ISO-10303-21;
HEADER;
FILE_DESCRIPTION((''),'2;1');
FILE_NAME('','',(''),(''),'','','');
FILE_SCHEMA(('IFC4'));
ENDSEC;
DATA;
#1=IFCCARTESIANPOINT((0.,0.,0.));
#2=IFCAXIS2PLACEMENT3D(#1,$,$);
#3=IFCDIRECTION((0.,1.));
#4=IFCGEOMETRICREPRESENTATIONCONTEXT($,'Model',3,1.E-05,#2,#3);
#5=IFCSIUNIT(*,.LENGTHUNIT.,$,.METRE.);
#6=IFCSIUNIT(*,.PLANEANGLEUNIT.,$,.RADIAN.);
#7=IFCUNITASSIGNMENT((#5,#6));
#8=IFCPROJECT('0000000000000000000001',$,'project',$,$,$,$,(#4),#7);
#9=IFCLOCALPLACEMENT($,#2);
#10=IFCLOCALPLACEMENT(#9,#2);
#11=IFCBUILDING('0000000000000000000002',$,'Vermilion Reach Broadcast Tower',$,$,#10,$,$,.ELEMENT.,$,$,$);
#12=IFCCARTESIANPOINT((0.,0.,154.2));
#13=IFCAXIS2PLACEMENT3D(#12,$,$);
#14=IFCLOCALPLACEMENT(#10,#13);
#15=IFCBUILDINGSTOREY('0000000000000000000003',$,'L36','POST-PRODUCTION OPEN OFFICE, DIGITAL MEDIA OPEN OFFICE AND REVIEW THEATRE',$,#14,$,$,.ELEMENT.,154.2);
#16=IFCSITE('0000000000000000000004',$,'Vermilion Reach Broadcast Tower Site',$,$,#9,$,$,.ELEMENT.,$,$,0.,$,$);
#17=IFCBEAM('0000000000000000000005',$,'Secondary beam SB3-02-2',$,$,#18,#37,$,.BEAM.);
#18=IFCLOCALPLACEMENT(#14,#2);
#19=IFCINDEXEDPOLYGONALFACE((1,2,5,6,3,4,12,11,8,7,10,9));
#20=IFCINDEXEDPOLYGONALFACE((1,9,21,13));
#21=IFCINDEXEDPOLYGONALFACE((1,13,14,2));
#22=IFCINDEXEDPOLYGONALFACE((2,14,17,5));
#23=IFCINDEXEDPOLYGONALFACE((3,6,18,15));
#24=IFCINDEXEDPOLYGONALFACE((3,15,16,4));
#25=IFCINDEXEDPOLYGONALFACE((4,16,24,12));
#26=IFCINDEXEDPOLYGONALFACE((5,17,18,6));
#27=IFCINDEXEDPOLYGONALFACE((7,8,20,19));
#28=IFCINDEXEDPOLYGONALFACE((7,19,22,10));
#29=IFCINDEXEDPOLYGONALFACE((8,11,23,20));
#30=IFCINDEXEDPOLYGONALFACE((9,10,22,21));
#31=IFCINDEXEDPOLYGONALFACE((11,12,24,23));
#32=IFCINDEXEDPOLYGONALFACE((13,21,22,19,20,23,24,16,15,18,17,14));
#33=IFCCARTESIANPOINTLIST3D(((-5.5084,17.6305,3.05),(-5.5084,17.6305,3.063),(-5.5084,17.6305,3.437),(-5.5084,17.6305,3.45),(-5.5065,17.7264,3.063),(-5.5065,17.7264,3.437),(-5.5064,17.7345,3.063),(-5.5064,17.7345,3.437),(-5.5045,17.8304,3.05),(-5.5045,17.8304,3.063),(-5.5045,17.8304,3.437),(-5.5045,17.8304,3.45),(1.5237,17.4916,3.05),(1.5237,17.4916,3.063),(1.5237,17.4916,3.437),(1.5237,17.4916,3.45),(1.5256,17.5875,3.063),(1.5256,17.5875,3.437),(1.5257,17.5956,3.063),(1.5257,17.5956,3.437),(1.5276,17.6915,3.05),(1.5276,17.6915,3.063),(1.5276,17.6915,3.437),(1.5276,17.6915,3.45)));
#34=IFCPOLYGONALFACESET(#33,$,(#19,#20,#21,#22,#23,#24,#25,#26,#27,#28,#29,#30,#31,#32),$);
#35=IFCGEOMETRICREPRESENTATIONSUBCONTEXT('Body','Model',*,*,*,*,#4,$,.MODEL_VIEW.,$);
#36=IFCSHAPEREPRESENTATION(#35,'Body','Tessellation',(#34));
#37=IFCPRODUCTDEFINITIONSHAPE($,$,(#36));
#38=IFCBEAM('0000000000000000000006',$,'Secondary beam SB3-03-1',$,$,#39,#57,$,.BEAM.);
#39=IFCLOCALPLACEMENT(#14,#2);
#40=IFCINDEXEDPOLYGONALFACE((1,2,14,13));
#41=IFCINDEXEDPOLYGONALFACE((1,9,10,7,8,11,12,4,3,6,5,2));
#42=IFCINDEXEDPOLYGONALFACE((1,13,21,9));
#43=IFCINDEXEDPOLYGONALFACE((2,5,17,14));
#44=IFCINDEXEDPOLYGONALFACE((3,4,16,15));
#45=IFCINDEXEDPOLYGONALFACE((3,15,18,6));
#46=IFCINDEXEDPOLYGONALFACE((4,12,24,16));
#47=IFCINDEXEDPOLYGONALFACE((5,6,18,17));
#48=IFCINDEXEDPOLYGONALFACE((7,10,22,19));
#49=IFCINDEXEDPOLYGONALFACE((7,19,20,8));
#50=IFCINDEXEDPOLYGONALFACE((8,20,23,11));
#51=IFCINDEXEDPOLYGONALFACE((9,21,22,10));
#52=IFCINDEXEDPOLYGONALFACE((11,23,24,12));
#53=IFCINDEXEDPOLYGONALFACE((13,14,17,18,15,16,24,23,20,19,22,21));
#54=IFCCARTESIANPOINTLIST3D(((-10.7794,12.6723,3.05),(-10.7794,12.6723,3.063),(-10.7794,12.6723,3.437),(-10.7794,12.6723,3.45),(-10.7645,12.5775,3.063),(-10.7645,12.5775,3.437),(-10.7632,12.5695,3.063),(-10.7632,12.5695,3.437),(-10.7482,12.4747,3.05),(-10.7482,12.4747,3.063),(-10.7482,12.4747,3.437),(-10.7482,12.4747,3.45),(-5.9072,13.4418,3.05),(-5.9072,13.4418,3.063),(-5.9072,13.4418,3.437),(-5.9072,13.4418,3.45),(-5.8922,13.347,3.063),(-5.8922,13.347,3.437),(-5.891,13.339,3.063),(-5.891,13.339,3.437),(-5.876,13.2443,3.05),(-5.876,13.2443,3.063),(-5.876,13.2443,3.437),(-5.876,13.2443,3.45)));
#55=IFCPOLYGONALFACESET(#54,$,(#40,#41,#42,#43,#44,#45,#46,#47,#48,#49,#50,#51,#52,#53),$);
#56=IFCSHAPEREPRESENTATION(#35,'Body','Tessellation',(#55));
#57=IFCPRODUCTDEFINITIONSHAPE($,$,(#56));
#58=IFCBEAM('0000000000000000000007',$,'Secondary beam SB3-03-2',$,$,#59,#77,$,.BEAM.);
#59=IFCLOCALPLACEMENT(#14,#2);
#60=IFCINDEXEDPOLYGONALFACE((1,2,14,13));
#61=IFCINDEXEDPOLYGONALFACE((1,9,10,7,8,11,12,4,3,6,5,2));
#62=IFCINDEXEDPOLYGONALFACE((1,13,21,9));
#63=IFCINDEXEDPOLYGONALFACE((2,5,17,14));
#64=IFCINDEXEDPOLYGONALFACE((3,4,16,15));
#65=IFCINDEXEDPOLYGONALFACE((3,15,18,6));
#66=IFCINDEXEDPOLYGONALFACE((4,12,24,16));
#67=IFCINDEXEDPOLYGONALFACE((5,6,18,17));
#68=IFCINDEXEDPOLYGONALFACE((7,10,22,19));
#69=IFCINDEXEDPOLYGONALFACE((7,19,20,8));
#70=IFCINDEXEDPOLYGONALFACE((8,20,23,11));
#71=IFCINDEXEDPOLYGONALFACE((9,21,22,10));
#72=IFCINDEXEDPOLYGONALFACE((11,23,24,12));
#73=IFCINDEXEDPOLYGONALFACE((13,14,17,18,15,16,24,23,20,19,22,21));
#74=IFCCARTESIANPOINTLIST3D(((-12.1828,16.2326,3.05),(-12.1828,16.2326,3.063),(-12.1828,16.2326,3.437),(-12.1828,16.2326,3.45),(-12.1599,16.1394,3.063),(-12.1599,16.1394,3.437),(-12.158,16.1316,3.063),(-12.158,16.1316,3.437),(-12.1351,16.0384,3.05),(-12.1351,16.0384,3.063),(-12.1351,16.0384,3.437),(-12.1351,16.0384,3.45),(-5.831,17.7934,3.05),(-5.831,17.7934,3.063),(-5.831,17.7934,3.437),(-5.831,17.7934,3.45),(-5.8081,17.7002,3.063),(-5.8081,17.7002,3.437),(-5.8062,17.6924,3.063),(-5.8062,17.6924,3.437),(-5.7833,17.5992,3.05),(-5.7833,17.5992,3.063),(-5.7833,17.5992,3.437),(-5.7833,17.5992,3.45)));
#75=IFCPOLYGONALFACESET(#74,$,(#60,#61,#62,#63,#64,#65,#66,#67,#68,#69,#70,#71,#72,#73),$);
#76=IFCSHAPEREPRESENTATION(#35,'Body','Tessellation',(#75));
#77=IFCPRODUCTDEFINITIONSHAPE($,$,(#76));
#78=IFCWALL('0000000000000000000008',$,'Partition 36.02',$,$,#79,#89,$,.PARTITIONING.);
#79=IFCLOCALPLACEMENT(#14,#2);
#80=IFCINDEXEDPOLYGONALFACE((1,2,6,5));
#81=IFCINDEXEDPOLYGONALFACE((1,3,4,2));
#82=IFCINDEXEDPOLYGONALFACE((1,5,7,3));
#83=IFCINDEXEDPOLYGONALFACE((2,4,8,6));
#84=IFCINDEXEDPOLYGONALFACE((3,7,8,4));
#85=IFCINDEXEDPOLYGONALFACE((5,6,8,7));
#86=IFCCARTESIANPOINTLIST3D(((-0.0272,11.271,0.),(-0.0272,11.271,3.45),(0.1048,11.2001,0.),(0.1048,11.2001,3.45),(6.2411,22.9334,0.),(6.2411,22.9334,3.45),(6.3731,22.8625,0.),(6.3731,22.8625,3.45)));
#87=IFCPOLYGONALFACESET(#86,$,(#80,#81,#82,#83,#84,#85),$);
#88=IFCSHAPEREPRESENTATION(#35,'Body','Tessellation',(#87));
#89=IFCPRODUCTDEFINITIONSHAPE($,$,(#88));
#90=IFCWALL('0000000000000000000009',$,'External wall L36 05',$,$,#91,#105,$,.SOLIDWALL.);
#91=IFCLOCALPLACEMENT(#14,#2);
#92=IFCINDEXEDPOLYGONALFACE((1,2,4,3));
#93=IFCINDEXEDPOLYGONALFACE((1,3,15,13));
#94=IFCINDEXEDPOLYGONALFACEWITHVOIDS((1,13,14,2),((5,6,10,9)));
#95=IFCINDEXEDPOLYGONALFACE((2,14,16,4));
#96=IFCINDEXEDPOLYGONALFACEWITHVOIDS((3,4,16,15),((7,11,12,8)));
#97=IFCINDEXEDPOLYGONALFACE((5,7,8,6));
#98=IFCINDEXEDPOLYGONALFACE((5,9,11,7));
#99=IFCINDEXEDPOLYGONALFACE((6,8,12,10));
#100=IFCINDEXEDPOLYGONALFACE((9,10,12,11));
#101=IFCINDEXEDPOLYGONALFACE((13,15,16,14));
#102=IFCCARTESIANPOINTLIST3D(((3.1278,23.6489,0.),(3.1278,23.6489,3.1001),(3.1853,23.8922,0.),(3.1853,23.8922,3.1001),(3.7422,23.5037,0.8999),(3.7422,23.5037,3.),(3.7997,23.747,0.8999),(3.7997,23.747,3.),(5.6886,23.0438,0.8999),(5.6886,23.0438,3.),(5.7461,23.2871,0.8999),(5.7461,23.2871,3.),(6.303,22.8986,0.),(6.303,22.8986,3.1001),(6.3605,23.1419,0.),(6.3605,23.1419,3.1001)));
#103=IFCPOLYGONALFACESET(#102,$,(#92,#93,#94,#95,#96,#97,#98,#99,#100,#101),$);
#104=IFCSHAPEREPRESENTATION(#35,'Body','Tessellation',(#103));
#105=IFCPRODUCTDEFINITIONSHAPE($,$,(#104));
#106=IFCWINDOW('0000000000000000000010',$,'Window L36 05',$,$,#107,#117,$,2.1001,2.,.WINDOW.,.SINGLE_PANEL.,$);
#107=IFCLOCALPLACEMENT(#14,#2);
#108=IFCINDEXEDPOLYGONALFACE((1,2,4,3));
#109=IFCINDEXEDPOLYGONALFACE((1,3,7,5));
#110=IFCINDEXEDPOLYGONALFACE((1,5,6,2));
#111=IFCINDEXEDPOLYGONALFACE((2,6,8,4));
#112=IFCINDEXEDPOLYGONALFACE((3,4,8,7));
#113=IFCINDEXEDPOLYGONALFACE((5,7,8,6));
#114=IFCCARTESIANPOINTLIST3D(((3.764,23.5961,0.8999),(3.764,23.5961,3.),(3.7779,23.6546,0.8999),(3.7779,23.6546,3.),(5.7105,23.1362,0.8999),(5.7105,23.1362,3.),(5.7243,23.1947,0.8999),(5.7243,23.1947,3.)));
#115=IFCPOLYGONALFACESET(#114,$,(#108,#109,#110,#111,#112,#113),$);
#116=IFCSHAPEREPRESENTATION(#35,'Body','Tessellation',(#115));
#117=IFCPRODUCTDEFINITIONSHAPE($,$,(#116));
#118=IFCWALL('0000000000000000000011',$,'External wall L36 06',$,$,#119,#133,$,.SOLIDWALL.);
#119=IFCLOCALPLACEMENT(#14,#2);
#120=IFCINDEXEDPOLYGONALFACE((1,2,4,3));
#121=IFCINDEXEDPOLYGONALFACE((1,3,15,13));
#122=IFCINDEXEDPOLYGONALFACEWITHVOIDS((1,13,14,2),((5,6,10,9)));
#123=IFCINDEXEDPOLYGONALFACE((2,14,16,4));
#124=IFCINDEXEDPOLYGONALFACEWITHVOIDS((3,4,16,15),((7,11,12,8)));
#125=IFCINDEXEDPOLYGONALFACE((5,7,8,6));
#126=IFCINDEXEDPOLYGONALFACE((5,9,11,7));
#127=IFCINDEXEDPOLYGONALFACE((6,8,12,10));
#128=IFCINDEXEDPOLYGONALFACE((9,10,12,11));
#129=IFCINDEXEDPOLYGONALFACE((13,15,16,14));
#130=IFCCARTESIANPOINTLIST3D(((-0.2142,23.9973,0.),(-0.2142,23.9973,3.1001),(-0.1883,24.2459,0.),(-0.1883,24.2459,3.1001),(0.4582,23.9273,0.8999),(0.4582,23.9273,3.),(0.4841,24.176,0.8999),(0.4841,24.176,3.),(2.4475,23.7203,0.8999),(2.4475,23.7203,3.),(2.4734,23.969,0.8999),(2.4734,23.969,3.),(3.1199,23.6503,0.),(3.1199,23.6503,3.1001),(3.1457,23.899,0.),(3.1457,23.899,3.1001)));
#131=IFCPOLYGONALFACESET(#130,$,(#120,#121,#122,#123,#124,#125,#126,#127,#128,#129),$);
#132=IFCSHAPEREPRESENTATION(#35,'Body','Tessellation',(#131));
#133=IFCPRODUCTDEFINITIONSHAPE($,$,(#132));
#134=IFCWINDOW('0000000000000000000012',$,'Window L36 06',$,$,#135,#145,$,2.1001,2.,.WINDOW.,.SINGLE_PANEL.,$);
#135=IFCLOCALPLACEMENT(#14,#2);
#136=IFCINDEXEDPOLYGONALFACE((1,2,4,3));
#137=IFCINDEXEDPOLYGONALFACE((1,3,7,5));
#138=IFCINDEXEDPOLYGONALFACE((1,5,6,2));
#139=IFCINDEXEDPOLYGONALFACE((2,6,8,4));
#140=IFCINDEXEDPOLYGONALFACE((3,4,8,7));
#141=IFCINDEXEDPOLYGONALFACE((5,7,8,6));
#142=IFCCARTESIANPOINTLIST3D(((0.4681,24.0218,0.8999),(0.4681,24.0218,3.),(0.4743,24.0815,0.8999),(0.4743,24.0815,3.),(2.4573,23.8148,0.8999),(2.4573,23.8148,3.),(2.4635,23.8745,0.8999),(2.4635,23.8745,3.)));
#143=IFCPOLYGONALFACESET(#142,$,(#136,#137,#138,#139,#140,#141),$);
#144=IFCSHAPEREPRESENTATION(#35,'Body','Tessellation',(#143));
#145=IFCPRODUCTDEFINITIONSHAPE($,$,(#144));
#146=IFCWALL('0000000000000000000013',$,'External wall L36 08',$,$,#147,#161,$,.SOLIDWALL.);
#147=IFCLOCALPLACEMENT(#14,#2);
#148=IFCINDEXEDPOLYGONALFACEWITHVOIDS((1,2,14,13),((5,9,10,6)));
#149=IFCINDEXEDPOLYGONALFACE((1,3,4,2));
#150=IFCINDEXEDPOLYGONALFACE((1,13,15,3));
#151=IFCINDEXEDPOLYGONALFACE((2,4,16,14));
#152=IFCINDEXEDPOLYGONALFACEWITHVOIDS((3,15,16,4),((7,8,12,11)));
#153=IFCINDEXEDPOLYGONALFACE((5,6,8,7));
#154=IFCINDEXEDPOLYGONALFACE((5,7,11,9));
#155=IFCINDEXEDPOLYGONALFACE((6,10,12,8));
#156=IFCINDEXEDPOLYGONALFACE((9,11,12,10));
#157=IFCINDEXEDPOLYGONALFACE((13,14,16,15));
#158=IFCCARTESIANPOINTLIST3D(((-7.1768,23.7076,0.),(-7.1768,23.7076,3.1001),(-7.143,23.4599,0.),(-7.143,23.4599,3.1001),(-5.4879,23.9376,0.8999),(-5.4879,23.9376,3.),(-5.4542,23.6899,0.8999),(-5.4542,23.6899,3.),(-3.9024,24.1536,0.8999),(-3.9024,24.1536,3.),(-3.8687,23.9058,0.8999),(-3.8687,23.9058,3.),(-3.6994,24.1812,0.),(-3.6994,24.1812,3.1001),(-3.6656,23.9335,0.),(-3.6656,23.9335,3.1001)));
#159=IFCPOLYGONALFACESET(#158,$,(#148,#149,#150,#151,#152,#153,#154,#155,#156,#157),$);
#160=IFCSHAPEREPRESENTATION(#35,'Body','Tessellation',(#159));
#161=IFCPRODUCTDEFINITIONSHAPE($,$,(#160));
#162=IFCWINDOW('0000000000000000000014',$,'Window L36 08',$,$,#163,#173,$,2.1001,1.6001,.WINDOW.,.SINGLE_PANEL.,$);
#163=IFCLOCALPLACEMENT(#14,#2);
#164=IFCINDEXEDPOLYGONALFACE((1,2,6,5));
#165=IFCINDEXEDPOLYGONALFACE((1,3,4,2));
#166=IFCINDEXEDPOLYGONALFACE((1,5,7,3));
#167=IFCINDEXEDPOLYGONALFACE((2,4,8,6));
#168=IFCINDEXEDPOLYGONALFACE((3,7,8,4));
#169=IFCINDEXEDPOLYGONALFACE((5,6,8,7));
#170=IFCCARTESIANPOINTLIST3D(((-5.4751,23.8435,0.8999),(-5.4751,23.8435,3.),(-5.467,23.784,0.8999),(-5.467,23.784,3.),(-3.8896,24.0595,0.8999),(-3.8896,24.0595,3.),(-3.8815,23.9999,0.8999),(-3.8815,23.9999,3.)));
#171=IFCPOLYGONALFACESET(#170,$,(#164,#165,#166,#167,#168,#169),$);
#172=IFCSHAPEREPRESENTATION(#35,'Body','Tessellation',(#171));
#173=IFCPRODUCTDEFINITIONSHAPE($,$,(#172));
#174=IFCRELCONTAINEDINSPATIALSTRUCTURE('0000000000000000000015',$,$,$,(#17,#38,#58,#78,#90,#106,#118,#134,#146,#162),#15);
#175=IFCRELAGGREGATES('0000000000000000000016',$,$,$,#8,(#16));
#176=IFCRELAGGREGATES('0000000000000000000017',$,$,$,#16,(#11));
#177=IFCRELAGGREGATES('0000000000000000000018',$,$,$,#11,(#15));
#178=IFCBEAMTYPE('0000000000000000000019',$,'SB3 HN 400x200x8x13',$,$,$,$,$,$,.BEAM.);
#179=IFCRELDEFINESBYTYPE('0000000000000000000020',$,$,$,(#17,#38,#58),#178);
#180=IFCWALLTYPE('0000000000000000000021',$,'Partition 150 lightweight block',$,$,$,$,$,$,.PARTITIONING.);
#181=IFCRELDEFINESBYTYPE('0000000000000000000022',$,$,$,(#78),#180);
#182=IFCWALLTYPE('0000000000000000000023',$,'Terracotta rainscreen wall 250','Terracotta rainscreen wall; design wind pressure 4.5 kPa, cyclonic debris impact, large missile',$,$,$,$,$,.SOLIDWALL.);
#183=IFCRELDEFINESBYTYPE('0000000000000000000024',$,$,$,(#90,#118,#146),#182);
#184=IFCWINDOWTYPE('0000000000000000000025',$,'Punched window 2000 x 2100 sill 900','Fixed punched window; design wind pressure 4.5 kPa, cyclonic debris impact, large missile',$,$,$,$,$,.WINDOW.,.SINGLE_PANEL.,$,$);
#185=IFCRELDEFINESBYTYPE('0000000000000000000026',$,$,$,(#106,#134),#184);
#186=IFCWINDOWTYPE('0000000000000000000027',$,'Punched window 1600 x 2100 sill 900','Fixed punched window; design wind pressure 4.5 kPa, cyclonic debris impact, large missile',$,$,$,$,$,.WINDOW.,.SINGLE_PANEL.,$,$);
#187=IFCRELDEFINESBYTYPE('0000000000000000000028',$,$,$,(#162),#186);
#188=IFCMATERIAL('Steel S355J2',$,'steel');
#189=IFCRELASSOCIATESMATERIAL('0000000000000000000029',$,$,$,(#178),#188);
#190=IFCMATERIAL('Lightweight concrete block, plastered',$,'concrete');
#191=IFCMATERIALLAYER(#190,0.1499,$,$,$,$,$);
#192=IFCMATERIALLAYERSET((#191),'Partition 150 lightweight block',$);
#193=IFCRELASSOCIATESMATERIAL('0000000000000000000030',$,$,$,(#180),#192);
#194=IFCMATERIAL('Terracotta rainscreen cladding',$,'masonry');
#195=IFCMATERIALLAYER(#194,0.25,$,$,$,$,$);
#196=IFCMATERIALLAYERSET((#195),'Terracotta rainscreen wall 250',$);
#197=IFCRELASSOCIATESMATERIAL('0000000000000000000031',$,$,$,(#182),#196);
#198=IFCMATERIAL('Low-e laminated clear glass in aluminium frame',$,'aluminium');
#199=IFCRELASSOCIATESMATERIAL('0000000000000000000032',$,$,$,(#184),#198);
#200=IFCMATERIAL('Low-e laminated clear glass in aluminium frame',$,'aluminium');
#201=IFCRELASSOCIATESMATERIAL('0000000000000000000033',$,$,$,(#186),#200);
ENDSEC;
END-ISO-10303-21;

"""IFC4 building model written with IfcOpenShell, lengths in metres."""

from ifc_helpers import new_model, si_unit, direction, frame, frame_2d, origin, origin_2d, place, context, subcontext, project, spatial, rectangle, i_section, extrude, material, layer, layer_set, material_profile, profile_set, type_object, element, fill, save


model = new_model("IFC4")

# Units and contexts
model_context = context("Model", 3, precision=1e-05, world=origin(), true_north=direction((0.0, 1.0)))
body_context = subcontext(model_context, "Body", "Model", "MODEL_VIEW")
ifc_project = project(units=[si_unit("LENGTHUNIT", "METRE"), si_unit("PLANEANGLEUNIT", "RADIAN")], contexts=[model_context])

# Site, building, storey
site_placement = place(None, origin())
site = spatial("IfcSite", under=ifc_project, at=site_placement, Name="Vermilion Reach Broadcast Tower Site", CompositionType="ELEMENT", RefElevation=0.0)
building_placement = place(site_placement, origin())
building = spatial("IfcBuilding", under=site, at=building_placement, Name="Vermilion Reach Broadcast Tower", CompositionType="ELEMENT")
storey_placement = place(building_placement, frame((0.0, 0.0, 154.2)))
storey = spatial("IfcBuildingStorey", under=building, at=storey_placement, Name="L36", Description="POST-PRODUCTION OPEN OFFICE, DIGITAL MEDIA OPEN OFFICE AND REVIEW THEATRE", CompositionType="ELEMENT", Elevation=154.2)

# Beams
ifc_material_1 = material(Name="Steel S355J2", Category="steel")
ifc_material_profile_1 = material_profile(ifc_material_1, i_section(OverallWidth=0.2, OverallDepth=0.3999, WebThickness=0.0081, FlangeThickness=0.0129, at=origin_2d()), Name="S355J2 HN 400x200x8x13")
ifc_profile_set_1 = profile_set([ifc_material_profile_1], Name="Steel S355J2")
beam_type_1 = type_object("IfcBeamType", Name="SB3 HN 400x200x8x13", PredefinedType="BEAM", material=ifc_profile_set_1)
beam_1_placement = place(storey_placement, frame((1.5256, 17.5916, 3.25), z_axis=(-0.999805, 0.019751, 0.0), x_axis=(-0.019751, -0.999805, 0.0)))
element("IfcBeam", 1, at=beam_1_placement, inside=storey, type_object=beam_type_1, Name="Secondary beam SB3-02-2", PredefinedType="BEAM", context=body_context, shape_type="SweptSolid", body=[
    extrude(i_section(OverallWidth=0.2, OverallDepth=0.3999, WebThickness=0.0081, FlangeThickness=0.0129, at=origin_2d()), origin(), (0.0, 0.0, 1.0), 7.0334),
])
beam_2_placement = place(storey_placement, frame((-5.8916, 13.343, 3.25), z_axis=(-0.987756, -0.156006, 0.0), x_axis=(0.156006, -0.987756, 0.0)))
element("IfcBeam", 2, at=beam_2_placement, inside=storey, type_object=beam_type_1, Name="Secondary beam SB3-03-1", PredefinedType="BEAM", context=body_context, shape_type="SweptSolid", body=[
    extrude(i_section(OverallWidth=0.2, OverallDepth=0.3999, WebThickness=0.0081, FlangeThickness=0.0129, at=origin_2d()), origin(), (0.0, 0.0, 1.0), 4.9326),
])
beam_3_placement = place(storey_placement, frame((-5.8071, 17.6963, 3.25), z_axis=(-0.971112, -0.238625, 0.0), x_axis=(0.238625, -0.971112, 0.0)))
element("IfcBeam", 3, at=beam_3_placement, inside=storey, type_object=beam_type_1, Name="Secondary beam SB3-03-2", PredefinedType="BEAM", context=body_context, shape_type="SweptSolid", body=[
    extrude(i_section(OverallWidth=0.2, OverallDepth=0.3999, WebThickness=0.0081, FlangeThickness=0.0129, at=origin_2d()), origin(), (0.0, 0.0, 1.0), 6.5408),
])

# Wall
ifc_material_2 = material(Name="Lightweight concrete block, plastered", Category="concrete")
ifc_layer_1 = layer(ifc_material_2, 0.1499)
ifc_layer_set_1 = layer_set([ifc_layer_1], Name="Partition 150 lightweight block")
wall_type_1 = type_object("IfcWallType", Name="Partition 150 lightweight block", PredefinedType="PARTITIONING", material=ifc_layer_set_1)
wall_1_placement = place(storey_placement, frame((6.3071, 22.8979, 0.0), z_axis=(0.0, 0.0, 1.0), x_axis=(-0.473431, -0.880831, 0.0)))
element("IfcWall", 4, at=wall_1_placement, inside=storey, type_object=wall_type_1, Name="Partition 36.02", PredefinedType="PARTITIONING", context=body_context, shape_type="SweptSolid", body=[
    extrude(rectangle(XDim=13.2402, YDim=0.1499, at=frame_2d((6.6201, 0.0))), origin(), (0.0, 0.0, 1.0), 3.45),
])

# Walls, openings, windows
ifc_material_3 = material(Name="Terracotta rainscreen cladding", Category="masonry")
ifc_layer_2 = layer(ifc_material_3, 0.25)
ifc_layer_set_2 = layer_set([ifc_layer_2], Name="Terracotta rainscreen wall 250")
wall_type_2 = type_object("IfcWallType", Name="Terracotta rainscreen wall 250", Description="Terracotta rainscreen wall; design wind pressure 4.5 kPa, cyclonic debris impact, large missile", PredefinedType="SOLIDWALL", material=ifc_layer_set_2)
wall_2_placement = place(storey_placement, frame((6.3318, 23.0203, 0.0), z_axis=(0.0, 0.0, 1.0), x_axis=(-0.973204, 0.229944, 0.0)))
wall_2 = element("IfcWall", 5, at=wall_2_placement, inside=storey, type_object=wall_type_2, Name="External wall L36 05", PredefinedType="SOLIDWALL", context=body_context, shape_type="SweptSolid", body=[
    extrude(rectangle(XDim=3.2627, YDim=0.25, at=frame_2d((1.6313, 0.0))), origin(), (0.0, 0.0, 1.0), 3.1001),
])
opening_1_placement = place(wall_2_placement, frame((0.6313, 0.0, 0.8999)))
opening_1 = element("IfcOpeningElement", 6, at=opening_1_placement, cuts=wall_2, PredefinedType="OPENING", context=body_context, shape_type="SweptSolid", body=[
    extrude(rectangle(XDim=2.0, YDim=2.1001, at=frame_2d((1.0, 1.05))), frame((0.0, 0.135, 0.0), z_axis=(0.0, -1.0, 0.0), x_axis=(1.0, 0.0, 0.0)), (0.0, 0.0, 1.0), 0.27),
])
ifc_material_4 = material(Name="Low-e laminated clear glass in aluminium frame", Category="aluminium")
window_type_1 = type_object("IfcWindowType", Name="Punched window 2000 x 2100 sill 900", Description="Fixed punched window; design wind pressure 4.5 kPa, cyclonic debris impact, large missile", PartitioningType="SINGLE_PANEL", PredefinedType="WINDOW", material=ifc_material_4)
window_1_placement = place(opening_1_placement, origin())
window_1 = element("IfcWindow", 7, at=window_1_placement, inside=storey, type_object=window_type_1, Name="Window L36 05", OverallHeight=2.1001, OverallWidth=2.0, PartitioningType="SINGLE_PANEL", PredefinedType="WINDOW", context=body_context, shape_type="SweptSolid", body=[
    extrude(rectangle(XDim=2.0, YDim=2.1001, at=frame_2d((1.0, 1.05))), frame((0.0, 0.03, 0.0), z_axis=(0.0, -1.0, 0.0), x_axis=(1.0, 0.0, 0.0)), (0.0, 0.0, 1.0), 0.0601),
])
fill(opening_1, window_1)
wall_3_placement = place(storey_placement, frame((3.1328, 23.7747, 0.0), z_axis=(0.0, 0.0, 1.0), x_axis=(-0.99463, 0.103498, 0.0)))
wall_3 = element("IfcWall", 8, at=wall_3_placement, inside=storey, type_object=wall_type_2, Name="External wall L36 06", PredefinedType="SOLIDWALL", context=body_context, shape_type="SweptSolid", body=[
    extrude(rectangle(XDim=3.3521, YDim=0.25, at=frame_2d((1.676, 0.0))), origin(), (0.0, 0.0, 1.0), 3.1001),
])
opening_2_placement = place(wall_3_placement, frame((0.676, 0.0, 0.8999)))
opening_2 = element("IfcOpeningElement", 9, at=opening_2_placement, cuts=wall_3, PredefinedType="OPENING", context=body_context, shape_type="SweptSolid", body=[
    extrude(rectangle(XDim=2.0, YDim=2.1001, at=frame_2d((1.0, 1.05))), frame((0.0, 0.135, 0.0), z_axis=(0.0, -1.0, 0.0), x_axis=(1.0, 0.0, 0.0)), (0.0, 0.0, 1.0), 0.27),
])
window_2_placement = place(opening_2_placement, origin())
window_2 = element("IfcWindow", 10, at=window_2_placement, inside=storey, type_object=window_type_1, Name="Window L36 06", OverallHeight=2.1001, OverallWidth=2.0, PartitioningType="SINGLE_PANEL", PredefinedType="WINDOW", context=body_context, shape_type="SweptSolid", body=[
    extrude(rectangle(XDim=2.0, YDim=2.1001, at=frame_2d((1.0, 1.05))), frame((0.0, 0.03, 0.0), z_axis=(0.0, -1.0, 0.0), x_axis=(1.0, 0.0, 0.0)), (0.0, 0.0, 1.0), 0.0601),
])
fill(opening_2, window_2)

# Wall, opening, window
wall_4_placement = place(storey_placement, frame((-3.6824, 24.0574, 0.0), z_axis=(0.0, 0.0, 1.0), x_axis=(-0.990851, -0.134961, 0.0)))
wall_4 = element("IfcWall", 11, at=wall_4_placement, inside=storey, type_object=wall_type_2, Name="External wall L36 08", PredefinedType="SOLIDWALL", context=body_context, shape_type="SweptSolid", body=[
    extrude(rectangle(XDim=3.5095, YDim=0.25, at=frame_2d((1.7549, 0.0))), origin(), (0.0, 0.0, 1.0), 3.1001),
])
opening_3_placement = place(wall_4_placement, frame((0.2051, 0.0, 0.8999)))
opening_3 = element("IfcOpeningElement", 12, at=opening_3_placement, cuts=wall_4, PredefinedType="OPENING", context=body_context, shape_type="SweptSolid", body=[
    extrude(rectangle(XDim=1.6001, YDim=2.1001, at=frame_2d((0.8, 1.05))), frame((0.0, 0.135, 0.0), z_axis=(0.0, -1.0, 0.0), x_axis=(1.0, 0.0, 0.0)), (0.0, 0.0, 1.0), 0.27),
])
ifc_material_5 = material(Name="Low-e laminated clear glass in aluminium frame", Category="aluminium")
window_type_2 = type_object("IfcWindowType", Name="Punched window 1600 x 2100 sill 900", Description="Fixed punched window; design wind pressure 4.5 kPa, cyclonic debris impact, large missile", PartitioningType="SINGLE_PANEL", PredefinedType="WINDOW", material=ifc_material_5)
window_3_placement = place(opening_3_placement, origin())
window_3 = element("IfcWindow", 13, at=window_3_placement, inside=storey, type_object=window_type_2, Name="Window L36 08", OverallHeight=2.1001, OverallWidth=1.6001, PartitioningType="SINGLE_PANEL", PredefinedType="WINDOW", context=body_context, shape_type="SweptSolid", body=[
    extrude(rectangle(XDim=1.6001, YDim=2.1001, at=frame_2d((0.8, 1.05))), frame((0.0, 0.03, 0.0), z_axis=(0.0, -1.0, 0.0), x_axis=(1.0, 0.0, 0.0)), (0.0, 0.0, 1.0), 0.0601),
])
fill(opening_3, window_3)

save(model, "model.ifc")
